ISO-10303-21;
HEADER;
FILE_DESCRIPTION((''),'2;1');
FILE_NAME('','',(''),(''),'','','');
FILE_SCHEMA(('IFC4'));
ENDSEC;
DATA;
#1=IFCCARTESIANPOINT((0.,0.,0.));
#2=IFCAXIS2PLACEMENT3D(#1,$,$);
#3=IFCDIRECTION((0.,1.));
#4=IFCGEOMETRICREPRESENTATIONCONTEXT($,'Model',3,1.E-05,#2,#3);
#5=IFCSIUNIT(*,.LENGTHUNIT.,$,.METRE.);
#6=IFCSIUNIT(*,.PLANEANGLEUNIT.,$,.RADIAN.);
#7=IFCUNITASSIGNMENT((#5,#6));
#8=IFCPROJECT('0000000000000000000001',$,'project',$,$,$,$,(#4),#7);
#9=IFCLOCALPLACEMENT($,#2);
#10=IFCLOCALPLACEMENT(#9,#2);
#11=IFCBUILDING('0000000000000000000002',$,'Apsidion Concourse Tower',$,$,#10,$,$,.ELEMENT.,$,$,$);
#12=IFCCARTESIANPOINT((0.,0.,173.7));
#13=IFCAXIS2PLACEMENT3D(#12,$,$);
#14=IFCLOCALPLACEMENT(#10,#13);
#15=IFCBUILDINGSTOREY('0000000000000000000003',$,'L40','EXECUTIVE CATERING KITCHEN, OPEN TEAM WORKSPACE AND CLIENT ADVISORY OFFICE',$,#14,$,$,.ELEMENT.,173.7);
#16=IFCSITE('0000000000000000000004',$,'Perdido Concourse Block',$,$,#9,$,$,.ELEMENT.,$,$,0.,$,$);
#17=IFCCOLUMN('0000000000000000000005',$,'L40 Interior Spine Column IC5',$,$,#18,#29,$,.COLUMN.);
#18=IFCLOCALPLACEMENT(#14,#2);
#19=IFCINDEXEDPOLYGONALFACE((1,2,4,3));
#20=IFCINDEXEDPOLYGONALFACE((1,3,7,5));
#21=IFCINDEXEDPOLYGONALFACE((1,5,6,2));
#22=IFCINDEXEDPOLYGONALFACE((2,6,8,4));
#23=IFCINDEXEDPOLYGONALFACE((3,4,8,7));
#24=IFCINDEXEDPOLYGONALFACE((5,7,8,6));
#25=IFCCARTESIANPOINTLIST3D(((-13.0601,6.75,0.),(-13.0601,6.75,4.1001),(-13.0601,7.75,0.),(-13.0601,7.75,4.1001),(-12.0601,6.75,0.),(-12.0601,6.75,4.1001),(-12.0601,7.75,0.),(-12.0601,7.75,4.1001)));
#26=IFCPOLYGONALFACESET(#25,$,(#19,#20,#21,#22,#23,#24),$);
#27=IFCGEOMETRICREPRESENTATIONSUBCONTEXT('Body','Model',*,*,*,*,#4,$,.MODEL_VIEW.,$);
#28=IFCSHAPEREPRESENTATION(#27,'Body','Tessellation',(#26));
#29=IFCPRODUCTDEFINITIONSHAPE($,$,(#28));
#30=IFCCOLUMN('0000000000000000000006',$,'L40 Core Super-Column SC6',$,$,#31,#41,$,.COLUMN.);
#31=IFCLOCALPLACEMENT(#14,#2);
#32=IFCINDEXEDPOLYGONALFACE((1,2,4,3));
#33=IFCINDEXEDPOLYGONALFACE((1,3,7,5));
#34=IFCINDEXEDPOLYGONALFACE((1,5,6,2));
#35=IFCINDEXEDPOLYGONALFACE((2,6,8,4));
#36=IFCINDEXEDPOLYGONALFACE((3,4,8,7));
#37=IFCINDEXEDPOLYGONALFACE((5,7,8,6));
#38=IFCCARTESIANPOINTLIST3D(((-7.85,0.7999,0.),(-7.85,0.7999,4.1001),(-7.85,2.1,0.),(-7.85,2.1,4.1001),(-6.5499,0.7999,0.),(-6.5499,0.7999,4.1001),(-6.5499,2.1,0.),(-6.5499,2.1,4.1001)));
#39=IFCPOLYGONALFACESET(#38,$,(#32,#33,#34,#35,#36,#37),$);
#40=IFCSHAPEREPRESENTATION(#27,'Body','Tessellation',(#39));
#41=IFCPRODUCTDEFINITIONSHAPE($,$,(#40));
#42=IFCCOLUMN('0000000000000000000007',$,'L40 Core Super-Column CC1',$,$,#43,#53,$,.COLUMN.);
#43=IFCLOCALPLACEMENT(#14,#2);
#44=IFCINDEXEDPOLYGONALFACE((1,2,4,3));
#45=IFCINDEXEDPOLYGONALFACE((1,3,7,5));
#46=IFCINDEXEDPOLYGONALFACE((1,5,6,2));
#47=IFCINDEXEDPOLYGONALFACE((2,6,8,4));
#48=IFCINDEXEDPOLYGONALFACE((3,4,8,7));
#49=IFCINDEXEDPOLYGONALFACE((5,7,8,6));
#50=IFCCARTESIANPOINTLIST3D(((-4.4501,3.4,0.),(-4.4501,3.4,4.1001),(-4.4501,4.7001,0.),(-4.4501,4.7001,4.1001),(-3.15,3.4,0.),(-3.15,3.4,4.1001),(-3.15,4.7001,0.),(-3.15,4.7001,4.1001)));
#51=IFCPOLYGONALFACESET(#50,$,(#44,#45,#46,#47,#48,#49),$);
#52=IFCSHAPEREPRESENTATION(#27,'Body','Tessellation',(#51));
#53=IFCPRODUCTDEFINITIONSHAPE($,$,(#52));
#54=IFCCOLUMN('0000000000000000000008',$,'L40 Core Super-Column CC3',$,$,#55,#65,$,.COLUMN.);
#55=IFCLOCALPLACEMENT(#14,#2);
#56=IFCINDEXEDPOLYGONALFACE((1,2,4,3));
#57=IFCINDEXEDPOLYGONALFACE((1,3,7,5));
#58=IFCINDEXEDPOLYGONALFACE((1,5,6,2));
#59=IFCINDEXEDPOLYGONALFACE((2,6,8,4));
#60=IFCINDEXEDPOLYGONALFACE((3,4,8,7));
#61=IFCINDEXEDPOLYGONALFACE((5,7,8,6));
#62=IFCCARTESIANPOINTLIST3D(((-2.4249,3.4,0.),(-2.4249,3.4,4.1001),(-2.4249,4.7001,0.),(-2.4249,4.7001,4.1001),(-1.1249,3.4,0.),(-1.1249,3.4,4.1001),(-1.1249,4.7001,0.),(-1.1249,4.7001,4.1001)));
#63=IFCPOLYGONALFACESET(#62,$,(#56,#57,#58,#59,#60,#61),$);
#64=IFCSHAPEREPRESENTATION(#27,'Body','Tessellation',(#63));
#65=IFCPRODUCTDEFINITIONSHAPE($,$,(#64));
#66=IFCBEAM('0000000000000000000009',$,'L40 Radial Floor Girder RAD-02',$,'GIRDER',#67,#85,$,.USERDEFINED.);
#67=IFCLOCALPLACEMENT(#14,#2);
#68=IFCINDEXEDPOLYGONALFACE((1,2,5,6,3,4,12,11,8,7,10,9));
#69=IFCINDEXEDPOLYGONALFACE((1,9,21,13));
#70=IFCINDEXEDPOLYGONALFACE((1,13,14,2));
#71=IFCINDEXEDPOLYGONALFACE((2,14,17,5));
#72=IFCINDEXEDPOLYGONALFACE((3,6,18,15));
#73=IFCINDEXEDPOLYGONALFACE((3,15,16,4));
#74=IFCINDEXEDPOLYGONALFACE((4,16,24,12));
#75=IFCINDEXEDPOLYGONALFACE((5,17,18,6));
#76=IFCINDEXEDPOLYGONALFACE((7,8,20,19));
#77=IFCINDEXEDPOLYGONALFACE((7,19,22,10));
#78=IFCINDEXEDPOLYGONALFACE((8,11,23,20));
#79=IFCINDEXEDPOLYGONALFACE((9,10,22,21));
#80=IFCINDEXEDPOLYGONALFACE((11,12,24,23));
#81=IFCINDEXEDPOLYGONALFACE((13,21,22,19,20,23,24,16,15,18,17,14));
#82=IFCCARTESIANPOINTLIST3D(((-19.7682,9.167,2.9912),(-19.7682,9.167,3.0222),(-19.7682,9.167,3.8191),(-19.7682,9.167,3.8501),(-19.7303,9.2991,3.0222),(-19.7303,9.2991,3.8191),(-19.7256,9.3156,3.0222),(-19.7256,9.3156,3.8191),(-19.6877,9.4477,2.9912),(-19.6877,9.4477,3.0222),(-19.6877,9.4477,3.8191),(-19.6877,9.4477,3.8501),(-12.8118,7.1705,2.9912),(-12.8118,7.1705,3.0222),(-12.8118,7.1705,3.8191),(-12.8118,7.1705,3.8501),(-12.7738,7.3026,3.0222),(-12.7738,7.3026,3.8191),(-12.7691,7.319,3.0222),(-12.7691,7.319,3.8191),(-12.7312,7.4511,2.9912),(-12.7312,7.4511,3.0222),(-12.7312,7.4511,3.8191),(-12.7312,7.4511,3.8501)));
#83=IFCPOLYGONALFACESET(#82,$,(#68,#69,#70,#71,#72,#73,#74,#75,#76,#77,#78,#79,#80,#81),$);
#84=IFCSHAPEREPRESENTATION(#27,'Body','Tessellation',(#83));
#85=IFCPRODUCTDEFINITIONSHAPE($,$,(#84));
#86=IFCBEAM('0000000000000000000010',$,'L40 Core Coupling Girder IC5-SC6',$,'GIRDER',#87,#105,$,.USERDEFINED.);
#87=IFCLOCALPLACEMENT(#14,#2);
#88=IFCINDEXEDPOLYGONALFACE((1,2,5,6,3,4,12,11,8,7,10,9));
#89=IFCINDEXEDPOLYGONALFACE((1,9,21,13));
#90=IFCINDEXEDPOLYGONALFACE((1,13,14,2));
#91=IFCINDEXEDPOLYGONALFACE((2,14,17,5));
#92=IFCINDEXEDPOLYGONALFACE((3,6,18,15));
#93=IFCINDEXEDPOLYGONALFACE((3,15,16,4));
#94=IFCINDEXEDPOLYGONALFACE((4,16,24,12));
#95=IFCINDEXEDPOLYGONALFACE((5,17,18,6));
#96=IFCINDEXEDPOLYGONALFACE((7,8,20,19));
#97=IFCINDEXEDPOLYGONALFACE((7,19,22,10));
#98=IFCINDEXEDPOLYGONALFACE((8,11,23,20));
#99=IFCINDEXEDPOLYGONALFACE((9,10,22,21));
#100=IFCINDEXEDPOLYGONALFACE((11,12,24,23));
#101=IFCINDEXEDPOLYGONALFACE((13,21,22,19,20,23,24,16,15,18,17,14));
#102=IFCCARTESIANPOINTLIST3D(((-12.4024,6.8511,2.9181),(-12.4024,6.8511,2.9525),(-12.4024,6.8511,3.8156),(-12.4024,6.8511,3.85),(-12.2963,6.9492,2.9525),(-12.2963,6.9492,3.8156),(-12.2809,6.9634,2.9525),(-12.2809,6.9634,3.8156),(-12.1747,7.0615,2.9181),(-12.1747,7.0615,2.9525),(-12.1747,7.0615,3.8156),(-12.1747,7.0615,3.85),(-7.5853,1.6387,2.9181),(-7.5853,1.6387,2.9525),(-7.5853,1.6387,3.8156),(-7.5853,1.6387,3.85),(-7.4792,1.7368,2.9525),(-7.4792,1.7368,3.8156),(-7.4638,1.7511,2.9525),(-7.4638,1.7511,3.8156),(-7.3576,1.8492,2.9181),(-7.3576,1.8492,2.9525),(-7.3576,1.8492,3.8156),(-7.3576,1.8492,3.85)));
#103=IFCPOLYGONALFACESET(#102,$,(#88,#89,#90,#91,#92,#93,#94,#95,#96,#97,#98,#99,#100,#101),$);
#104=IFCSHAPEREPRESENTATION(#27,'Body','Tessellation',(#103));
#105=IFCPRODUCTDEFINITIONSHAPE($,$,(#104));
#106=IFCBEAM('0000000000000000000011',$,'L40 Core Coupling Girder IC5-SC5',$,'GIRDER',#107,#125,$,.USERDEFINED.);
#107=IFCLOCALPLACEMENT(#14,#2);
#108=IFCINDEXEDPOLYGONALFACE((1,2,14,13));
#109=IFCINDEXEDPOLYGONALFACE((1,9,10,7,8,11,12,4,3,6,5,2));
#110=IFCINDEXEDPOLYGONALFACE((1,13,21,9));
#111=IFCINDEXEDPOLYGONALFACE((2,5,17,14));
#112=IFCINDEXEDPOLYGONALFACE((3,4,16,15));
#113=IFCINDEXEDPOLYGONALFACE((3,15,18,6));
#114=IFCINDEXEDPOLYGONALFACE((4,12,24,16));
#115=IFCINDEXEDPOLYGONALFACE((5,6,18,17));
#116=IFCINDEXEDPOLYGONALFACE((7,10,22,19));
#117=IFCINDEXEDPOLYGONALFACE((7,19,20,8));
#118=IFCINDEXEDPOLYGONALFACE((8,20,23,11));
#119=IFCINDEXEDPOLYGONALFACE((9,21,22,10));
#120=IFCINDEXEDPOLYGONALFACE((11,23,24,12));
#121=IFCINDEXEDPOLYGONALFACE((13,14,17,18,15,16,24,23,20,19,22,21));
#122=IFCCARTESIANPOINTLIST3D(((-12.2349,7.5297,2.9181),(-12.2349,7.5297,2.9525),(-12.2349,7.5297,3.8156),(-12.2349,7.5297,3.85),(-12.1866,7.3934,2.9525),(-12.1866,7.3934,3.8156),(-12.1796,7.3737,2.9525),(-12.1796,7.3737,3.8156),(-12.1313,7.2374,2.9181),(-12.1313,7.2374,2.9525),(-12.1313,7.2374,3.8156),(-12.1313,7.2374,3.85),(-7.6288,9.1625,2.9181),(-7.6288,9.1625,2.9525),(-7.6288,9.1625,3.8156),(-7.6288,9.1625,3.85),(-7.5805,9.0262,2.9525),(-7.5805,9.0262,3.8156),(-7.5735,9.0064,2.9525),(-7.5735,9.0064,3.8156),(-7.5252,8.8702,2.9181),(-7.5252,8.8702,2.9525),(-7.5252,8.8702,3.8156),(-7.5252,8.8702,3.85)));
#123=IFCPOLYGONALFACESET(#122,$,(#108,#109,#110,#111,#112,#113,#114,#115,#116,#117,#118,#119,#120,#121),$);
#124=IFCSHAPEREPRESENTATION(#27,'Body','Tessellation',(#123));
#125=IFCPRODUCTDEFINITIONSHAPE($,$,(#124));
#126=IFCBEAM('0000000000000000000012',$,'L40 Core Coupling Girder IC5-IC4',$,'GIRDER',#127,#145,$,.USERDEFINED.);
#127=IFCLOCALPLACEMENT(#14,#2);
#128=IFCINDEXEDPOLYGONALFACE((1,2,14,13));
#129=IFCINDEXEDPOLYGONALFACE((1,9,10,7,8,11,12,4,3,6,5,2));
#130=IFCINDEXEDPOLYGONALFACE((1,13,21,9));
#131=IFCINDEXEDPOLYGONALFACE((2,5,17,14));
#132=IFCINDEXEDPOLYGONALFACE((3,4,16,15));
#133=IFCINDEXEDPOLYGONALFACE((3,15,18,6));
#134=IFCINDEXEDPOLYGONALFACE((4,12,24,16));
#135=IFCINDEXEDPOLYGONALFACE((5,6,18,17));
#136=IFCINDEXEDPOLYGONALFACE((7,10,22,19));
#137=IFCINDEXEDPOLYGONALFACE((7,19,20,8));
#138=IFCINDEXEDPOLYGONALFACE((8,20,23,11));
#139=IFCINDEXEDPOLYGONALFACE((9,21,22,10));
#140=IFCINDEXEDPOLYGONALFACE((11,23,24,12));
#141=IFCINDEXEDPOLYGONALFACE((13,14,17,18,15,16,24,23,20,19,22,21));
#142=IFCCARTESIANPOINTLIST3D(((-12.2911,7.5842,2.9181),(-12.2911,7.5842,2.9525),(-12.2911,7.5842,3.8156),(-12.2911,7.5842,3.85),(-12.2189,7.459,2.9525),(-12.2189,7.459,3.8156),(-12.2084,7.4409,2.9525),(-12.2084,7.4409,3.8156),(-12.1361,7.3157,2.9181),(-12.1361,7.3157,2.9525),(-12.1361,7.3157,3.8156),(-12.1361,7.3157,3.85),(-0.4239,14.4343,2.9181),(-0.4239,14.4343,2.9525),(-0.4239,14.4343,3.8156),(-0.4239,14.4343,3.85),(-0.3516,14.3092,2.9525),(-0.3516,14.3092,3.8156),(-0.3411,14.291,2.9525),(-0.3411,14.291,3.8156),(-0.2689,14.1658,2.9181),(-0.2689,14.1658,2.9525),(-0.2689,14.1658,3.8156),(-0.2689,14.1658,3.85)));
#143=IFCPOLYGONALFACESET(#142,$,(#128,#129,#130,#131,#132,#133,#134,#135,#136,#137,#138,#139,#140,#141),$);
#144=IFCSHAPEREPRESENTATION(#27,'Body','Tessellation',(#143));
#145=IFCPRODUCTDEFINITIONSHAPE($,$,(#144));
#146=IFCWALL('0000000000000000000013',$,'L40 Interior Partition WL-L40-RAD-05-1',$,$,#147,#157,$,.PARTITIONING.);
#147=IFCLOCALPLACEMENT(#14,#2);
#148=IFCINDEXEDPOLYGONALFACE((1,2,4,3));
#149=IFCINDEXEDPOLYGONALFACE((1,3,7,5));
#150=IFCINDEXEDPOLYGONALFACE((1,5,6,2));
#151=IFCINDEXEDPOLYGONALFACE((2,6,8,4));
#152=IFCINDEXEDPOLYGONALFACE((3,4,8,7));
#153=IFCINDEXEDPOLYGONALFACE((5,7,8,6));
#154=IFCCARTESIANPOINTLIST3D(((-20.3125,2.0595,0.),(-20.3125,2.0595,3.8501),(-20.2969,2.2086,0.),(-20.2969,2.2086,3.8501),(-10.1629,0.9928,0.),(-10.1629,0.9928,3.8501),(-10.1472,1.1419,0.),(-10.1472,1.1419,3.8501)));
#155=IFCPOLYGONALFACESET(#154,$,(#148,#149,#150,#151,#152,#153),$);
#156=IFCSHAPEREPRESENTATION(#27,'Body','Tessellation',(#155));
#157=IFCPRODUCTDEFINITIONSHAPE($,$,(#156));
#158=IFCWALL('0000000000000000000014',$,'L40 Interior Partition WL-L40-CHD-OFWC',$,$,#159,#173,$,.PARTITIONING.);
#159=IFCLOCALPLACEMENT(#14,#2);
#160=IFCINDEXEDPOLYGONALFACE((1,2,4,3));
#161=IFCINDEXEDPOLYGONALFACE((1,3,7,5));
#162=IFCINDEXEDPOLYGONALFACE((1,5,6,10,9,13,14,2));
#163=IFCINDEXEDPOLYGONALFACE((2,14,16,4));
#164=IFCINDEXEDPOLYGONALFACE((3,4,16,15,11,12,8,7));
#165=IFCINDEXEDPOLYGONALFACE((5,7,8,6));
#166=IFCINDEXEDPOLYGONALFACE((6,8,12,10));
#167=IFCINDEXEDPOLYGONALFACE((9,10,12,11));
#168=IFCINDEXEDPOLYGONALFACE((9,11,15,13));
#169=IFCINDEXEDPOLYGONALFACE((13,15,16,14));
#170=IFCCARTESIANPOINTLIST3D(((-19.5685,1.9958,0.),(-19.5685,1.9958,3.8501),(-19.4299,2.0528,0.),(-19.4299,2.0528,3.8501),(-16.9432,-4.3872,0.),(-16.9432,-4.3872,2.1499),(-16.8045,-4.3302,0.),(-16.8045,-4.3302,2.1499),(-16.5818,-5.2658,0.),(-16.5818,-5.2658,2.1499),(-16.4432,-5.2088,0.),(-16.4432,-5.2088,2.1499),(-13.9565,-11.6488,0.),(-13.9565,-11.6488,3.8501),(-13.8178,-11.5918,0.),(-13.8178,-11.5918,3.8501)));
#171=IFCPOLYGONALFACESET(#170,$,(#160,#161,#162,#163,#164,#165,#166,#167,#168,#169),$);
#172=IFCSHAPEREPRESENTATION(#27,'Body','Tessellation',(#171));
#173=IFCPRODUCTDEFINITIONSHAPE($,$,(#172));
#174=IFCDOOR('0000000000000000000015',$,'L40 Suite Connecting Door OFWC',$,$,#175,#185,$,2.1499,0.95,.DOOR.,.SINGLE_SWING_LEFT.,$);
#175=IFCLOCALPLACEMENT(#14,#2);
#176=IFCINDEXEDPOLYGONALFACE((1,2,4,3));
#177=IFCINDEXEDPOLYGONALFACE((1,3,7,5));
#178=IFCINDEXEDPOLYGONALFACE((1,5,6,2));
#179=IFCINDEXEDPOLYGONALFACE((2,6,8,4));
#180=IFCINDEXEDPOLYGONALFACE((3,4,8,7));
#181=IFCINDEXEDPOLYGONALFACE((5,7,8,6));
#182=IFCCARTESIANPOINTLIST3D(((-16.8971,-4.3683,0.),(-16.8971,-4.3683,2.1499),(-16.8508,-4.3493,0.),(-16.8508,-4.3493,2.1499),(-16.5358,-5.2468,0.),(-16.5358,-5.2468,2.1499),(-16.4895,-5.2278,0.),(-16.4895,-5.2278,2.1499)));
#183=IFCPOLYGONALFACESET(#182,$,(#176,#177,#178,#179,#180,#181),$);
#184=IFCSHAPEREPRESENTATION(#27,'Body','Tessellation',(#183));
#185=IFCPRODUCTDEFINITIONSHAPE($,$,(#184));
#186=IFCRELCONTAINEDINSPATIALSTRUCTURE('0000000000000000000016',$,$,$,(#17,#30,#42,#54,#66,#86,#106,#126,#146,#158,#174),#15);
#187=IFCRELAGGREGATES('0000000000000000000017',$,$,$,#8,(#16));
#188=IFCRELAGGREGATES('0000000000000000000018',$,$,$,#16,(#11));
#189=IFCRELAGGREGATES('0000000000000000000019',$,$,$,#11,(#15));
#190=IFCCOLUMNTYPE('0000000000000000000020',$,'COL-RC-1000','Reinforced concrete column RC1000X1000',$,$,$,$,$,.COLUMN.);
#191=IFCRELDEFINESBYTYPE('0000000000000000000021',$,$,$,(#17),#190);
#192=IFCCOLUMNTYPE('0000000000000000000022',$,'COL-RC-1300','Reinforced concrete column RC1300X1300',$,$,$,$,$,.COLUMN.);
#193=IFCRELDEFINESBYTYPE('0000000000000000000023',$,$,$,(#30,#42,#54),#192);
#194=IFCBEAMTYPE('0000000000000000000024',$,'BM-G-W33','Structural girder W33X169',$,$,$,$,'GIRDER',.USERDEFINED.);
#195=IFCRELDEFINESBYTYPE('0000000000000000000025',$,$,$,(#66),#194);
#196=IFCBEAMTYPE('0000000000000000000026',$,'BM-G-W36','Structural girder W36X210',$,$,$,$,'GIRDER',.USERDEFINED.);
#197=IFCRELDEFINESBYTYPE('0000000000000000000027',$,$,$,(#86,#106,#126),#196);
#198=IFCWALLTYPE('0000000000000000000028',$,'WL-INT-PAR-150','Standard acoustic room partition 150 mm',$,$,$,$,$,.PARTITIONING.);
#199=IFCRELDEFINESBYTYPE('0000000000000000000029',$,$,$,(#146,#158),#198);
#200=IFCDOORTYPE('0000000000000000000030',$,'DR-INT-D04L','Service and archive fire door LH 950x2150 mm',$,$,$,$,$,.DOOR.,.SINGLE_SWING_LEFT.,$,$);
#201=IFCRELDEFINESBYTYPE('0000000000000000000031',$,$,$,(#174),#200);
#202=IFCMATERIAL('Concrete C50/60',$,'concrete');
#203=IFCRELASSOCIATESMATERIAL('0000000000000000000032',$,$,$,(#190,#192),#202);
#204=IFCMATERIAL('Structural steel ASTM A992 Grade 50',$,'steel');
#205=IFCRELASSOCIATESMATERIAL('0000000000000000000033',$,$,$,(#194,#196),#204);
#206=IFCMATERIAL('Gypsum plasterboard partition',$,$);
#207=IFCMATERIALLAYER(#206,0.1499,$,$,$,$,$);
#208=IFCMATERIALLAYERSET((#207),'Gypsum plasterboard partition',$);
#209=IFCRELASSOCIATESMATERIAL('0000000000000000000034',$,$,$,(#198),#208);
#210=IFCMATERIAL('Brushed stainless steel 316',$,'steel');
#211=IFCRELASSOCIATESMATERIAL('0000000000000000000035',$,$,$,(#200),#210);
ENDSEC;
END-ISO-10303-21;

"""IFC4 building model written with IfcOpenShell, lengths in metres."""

from ifc_helpers import new_model, si_unit, direction, frame, frame_2d, origin, origin_2d, place, context, subcontext, project, spatial, rectangle, i_section, extrude, material, layer, layer_set, material_profile, profile_set, type_object, element, fill, save


model = new_model("IFC4")

# Units and contexts
model_context = context("Model", 3, precision=1e-05, world=origin(), true_north=direction((0.0, 1.0)))
body_context = subcontext(model_context, "Body", "Model", "MODEL_VIEW")
ifc_project = project(units=[si_unit("LENGTHUNIT", "METRE"), si_unit("PLANEANGLEUNIT", "RADIAN")], contexts=[model_context])

# Site, building, storey
site_placement = place(None, origin())
site = spatial("IfcSite", under=ifc_project, at=site_placement, Name="Perdido Concourse Block", CompositionType="ELEMENT", RefElevation=0.0)
building_placement = place(site_placement, origin())
building = spatial("IfcBuilding", under=site, at=building_placement, Name="Apsidion Concourse Tower", CompositionType="ELEMENT")
storey_placement = place(building_placement, frame((0.0, 0.0, 173.7)))
storey = spatial("IfcBuildingStorey", under=building, at=storey_placement, Name="L40", Description="EXECUTIVE CATERING KITCHEN, OPEN TEAM WORKSPACE AND CLIENT ADVISORY OFFICE", CompositionType="ELEMENT", Elevation=173.7)

# Columns
ifc_material_1 = material(Name="Concrete C50/60", Category="concrete")
ifc_material_profile_1 = material_profile(ifc_material_1, rectangle(XDim=1.0, YDim=1.0, at=origin_2d()), Name="RC 1000x1000")
ifc_profile_set_1 = profile_set([ifc_material_profile_1], Name="Concrete C50/60")
column_type_1 = type_object("IfcColumnType", Name="COL-RC-1000", Description="Reinforced concrete column RC1000X1000", PredefinedType="COLUMN", material=ifc_profile_set_1)
column_placement = place(storey_placement, frame((-12.5601, 7.25, 0.0), z_axis=(0.0, 0.0, 1.0), x_axis=(1.0, 0.0, 0.0)))
element("IfcColumn", 1, at=column_placement, inside=storey, type_object=column_type_1, Name="L40 Interior Spine Column IC5", PredefinedType="COLUMN", context=body_context, shape_type="SweptSolid", body=[
    extrude(rectangle(XDim=1.0, YDim=1.0, at=origin_2d()), origin(), (0.0, 0.0, 1.0), 4.1001),
])
ifc_material_profile_2 = material_profile(ifc_material_1, rectangle(XDim=1.3, YDim=1.3, at=origin_2d()), Name="RC 1300x1300")
ifc_profile_set_2 = profile_set([ifc_material_profile_2], Name="Concrete C50/60")
column_type_2 = type_object("IfcColumnType", Name="COL-RC-1300", Description="Reinforced concrete column RC1300X1300", PredefinedType="COLUMN", material=ifc_profile_set_2)
for number, where, z_axis, x_axis, name in (
    (2, (-7.2, 1.45, 0.0), (0.0, 0.0, 1.0), (1.0, 0.0, 0.0), "L40 Core Super-Column SC6"),
    (3, (-3.8, 4.05, 0.0), (0.0, 0.0, 1.0), (1.0, 0.0, 0.0), "L40 Core Super-Column CC1"),
    (4, (-1.7749, 4.05, 0.0), (0.0, 0.0, 1.0), (1.0, 0.0, 0.0), "L40 Core Super-Column CC3"),
):
    element("IfcColumn", number, at=place(storey_placement, frame(where, z_axis=z_axis, x_axis=x_axis)), inside=storey, type_object=column_type_2, Name=name, PredefinedType="COLUMN", context=body_context, shape_type="SweptSolid", body=[
        extrude(rectangle(XDim=1.3, YDim=1.3, at=origin_2d()), origin(), (0.0, 0.0, 1.0), 4.1001),
    ])

# Beams
ifc_material_2 = material(Name="Structural steel ASTM A992 Grade 50", Category="steel")
ifc_material_profile_3 = material_profile(ifc_material_2, i_section(OverallWidth=0.292, OverallDepth=0.8589, WebThickness=0.0171, FlangeThickness=0.031, at=origin_2d()), Name="W33X169")
ifc_profile_set_3 = profile_set([ifc_material_profile_3], Name="Structural steel ASTM A992 Grade 50")
beam_type_1 = type_object("IfcBeamType", Name="BM-G-W33", Description="Structural girder W33X169", ElementType="GIRDER", PredefinedType="USERDEFINED", material=ifc_profile_set_3)
beam_1_placement = place(storey_placement, frame((-12.7715, 7.3108, 3.4207), z_axis=(-0.961195, 0.27587, 0.0), x_axis=(-0.27587, -0.961195, 0.0)))
element("IfcBeam", 5, at=beam_1_placement, inside=storey, type_object=beam_type_1, Name="L40 Radial Floor Girder RAD-02", ObjectType="GIRDER", PredefinedType="USERDEFINED", context=body_context, shape_type="SweptSolid", body=[
    extrude(i_section(OverallWidth=0.292, OverallDepth=0.8589, WebThickness=0.0171, FlangeThickness=0.031, at=origin_2d()), origin(), (0.0, 0.0, 1.0), 7.2373),
])
ifc_material_profile_4 = material_profile(ifc_material_2, i_section(OverallWidth=0.3101, OverallDepth=0.9319, WebThickness=0.021, FlangeThickness=0.0344, at=origin_2d()), Name="W36X210")
ifc_profile_set_4 = profile_set([ifc_material_profile_4], Name="Structural steel ASTM A992 Grade 50")
beam_type_2 = type_object("IfcBeamType", Name="BM-G-W36", Description="Structural girder W36X210", ElementType="GIRDER", PredefinedType="USERDEFINED", material=ifc_profile_set_4)
beam_2_placement = place(storey_placement, frame((-12.2886, 6.9563, 3.384), z_axis=(0.678713, -0.734404, 0.0), x_axis=(0.734404, 0.678713, 0.0)))
element("IfcBeam", 6, at=beam_2_placement, inside=storey, type_object=beam_type_2, Name="L40 Core Coupling Girder IC5-SC6", ObjectType="GIRDER", PredefinedType="USERDEFINED", context=body_context, shape_type="SweptSolid", body=[
    extrude(i_section(OverallWidth=0.3101, OverallDepth=0.9319, WebThickness=0.021, FlangeThickness=0.0344, at=origin_2d()), origin(), (0.0, 0.0, 1.0), 7.0974),
])
beam_3_placement = place(storey_placement, frame((-12.1831, 7.3835, 3.384), z_axis=(0.942534, 0.334111, 0.0), x_axis=(-0.334111, 0.942534, 0.0)))
element("IfcBeam", 7, at=beam_3_placement, inside=storey, type_object=beam_type_2, Name="L40 Core Coupling Girder IC5-SC5", ObjectType="GIRDER", PredefinedType="USERDEFINED", context=body_context, shape_type="SweptSolid", body=[
    extrude(i_section(OverallWidth=0.3101, OverallDepth=0.9319, WebThickness=0.021, FlangeThickness=0.0344, at=origin_2d()), origin(), (0.0, 0.0, 1.0), 4.887),
])
beam_4_placement = place(storey_placement, frame((-12.2136, 7.45, 3.384), z_axis=(0.86607, 0.499922, 0.0), x_axis=(-0.499922, 0.86607, 0.0)))
element("IfcBeam", 8, at=beam_4_placement, inside=storey, type_object=beam_type_2, Name="L40 Core Coupling Girder IC5-IC4", ObjectType="GIRDER", PredefinedType="USERDEFINED", context=body_context, shape_type="SweptSolid", body=[
    extrude(i_section(OverallWidth=0.3101, OverallDepth=0.9319, WebThickness=0.021, FlangeThickness=0.0344, at=origin_2d()), origin(), (0.0, 0.0, 1.0), 13.7024),
])

# Wall
ifc_material_3 = material(Name="Gypsum plasterboard partition")
ifc_layer_1 = layer(ifc_material_3, 0.1499)
ifc_layer_set_1 = layer_set([ifc_layer_1], Name="Gypsum plasterboard partition")
wall_type_1 = type_object("IfcWallType", Name="WL-INT-PAR-150", Description="Standard acoustic room partition 150 mm", PredefinedType="PARTITIONING", material=ifc_layer_set_1)
wall_1_placement = place(storey_placement, frame((-10.155, 1.0674, 0.0), z_axis=(0.0, 0.0, 1.0), x_axis=(-0.994523, 0.104517, 0.0)))
element("IfcWall", 9, at=wall_1_placement, inside=storey, type_object=wall_type_1, Name="L40 Interior Partition WL-L40-RAD-05-1", PredefinedType="PARTITIONING", context=body_context, shape_type="SweptSolid", body=[
    extrude(rectangle(XDim=10.2056, YDim=0.1499, at=frame_2d((5.1028, 0.0))), origin(), (0.0, 0.0, 1.0), 3.8501),
])

# Wall, opening, door
wall_2_placement = place(storey_placement, frame((-19.4993, 2.0244, 0.0), z_axis=(0.0, 0.0, 1.0), x_axis=(0.380386, -0.924828, 0.0)))
wall_2 = element("IfcWall", 10, at=wall_2_placement, inside=storey, type_object=wall_type_1, Name="L40 Interior Partition WL-L40-CHD-OFWC", PredefinedType="PARTITIONING", context=body_context, shape_type="SweptSolid", body=[
    extrude(rectangle(XDim=14.7537, YDim=0.1499, at=frame_2d((7.377, 0.0))), origin(), (0.0, 0.0, 1.0), 3.8501),
])
opening_1_placement = place(wall_2_placement, frame((6.9019, 0.0, 0.0)))
opening_1 = element("IfcOpeningElement", 11, at=opening_1_placement, cuts=wall_2, PredefinedType="OPENING", context=body_context, shape_type="SweptSolid", body=[
    extrude(rectangle(XDim=0.95, YDim=2.1499, at=frame_2d((0.4751, 1.075))), frame((0.0, 0.085, 0.0), z_axis=(0.0, -1.0, 0.0), x_axis=(1.0, 0.0, 0.0)), (0.0, 0.0, 1.0), 0.1699),
])
ifc_material_4 = material(Name="Brushed stainless steel 316", Category="steel")
door_type_1 = type_object("IfcDoorType", Name="DR-INT-D04L", Description="Service and archive fire door LH 950x2150 mm", OperationType="SINGLE_SWING_LEFT", PredefinedType="DOOR", material=ifc_material_4)
door_1_placement = place(opening_1_placement, origin())
door_1 = element("IfcDoor", 12, at=door_1_placement, inside=storey, type_object=door_type_1, Name="L40 Suite Connecting Door OFWC", OperationType="SINGLE_SWING_LEFT", OverallHeight=2.1499, OverallWidth=0.95, PredefinedType="DOOR", context=body_context, shape_type="SweptSolid", body=[
    extrude(rectangle(XDim=0.95, YDim=2.1499, at=frame_2d((0.4751, 1.075))), frame((0.0, 0.0249, 0.0), z_axis=(0.0, -1.0, 0.0), x_axis=(1.0, 0.0, 0.0)), (0.0, 0.0, 1.0), 0.05),
])
fill(opening_1, door_1)

save(model, "model.ifc")
